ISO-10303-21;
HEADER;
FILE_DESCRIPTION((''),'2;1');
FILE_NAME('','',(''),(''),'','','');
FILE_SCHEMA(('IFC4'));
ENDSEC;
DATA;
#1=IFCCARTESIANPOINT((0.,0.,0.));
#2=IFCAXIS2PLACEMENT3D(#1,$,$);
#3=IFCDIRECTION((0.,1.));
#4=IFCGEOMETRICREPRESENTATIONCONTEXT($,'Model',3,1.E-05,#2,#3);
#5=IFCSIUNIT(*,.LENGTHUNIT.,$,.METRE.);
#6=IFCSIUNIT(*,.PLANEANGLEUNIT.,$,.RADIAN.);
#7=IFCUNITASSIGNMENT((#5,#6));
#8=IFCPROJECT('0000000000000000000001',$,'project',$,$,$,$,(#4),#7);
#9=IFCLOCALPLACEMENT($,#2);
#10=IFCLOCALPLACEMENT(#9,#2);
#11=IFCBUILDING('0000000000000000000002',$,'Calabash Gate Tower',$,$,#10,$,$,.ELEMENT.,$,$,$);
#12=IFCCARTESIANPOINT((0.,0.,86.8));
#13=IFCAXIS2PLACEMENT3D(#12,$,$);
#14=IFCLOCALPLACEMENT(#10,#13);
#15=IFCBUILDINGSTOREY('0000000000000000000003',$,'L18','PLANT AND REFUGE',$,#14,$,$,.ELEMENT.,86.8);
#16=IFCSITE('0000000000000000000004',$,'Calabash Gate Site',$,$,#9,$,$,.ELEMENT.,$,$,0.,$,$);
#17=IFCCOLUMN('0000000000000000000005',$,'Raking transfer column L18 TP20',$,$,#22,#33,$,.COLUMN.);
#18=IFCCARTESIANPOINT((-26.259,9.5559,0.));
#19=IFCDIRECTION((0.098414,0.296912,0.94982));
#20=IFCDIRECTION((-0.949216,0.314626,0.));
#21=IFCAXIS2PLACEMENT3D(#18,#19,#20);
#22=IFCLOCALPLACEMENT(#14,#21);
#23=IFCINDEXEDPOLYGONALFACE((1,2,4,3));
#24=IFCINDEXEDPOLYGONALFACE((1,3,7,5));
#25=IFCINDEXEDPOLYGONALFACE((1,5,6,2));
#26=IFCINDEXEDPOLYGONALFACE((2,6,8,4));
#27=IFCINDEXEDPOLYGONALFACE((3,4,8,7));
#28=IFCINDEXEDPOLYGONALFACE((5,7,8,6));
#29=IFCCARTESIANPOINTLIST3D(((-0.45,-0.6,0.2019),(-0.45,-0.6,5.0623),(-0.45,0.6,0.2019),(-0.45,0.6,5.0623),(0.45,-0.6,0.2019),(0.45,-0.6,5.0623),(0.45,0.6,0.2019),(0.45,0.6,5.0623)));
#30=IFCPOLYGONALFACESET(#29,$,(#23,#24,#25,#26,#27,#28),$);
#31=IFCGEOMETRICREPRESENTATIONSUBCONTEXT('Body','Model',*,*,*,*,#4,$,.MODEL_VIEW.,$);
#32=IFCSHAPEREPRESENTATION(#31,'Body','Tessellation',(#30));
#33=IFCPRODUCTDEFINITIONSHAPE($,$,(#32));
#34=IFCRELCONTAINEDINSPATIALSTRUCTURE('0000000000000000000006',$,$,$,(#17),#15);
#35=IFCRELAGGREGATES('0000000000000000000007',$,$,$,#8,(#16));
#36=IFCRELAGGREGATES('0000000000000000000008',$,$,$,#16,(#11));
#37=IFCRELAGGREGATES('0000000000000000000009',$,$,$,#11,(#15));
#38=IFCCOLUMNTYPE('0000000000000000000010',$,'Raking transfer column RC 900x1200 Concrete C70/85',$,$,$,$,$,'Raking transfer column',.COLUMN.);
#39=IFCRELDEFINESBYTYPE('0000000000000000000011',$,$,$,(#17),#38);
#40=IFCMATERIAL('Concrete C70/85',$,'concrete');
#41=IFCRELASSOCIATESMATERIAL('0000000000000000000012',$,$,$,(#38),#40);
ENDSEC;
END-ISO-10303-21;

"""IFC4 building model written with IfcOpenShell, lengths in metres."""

from ifc_helpers import new_model, si_unit, direction, frame, origin, origin_2d, place, context, subcontext, project, spatial, rectangle, extrude, clip, halfspace, material, material_profile, profile_set, type_object, element, save


model = new_model("IFC4")

# Units and contexts
model_context = context("Model", 3, precision=1e-05, world=origin(), true_north=direction((0.0, 1.0)))
body_context = subcontext(model_context, "Body", "Model", "MODEL_VIEW")
ifc_project = project(units=[si_unit("LENGTHUNIT", "METRE"), si_unit("PLANEANGLEUNIT", "RADIAN")], contexts=[model_context])

# Site, building, storey
site_placement = place(None, origin())
site = spatial("IfcSite", under=ifc_project, at=site_placement, Name="Calabash Gate Site", CompositionType="ELEMENT", RefElevation=0.0)
building_placement = place(site_placement, origin())
building = spatial("IfcBuilding", under=site, at=building_placement, Name="Calabash Gate Tower", CompositionType="ELEMENT")
storey_placement = place(building_placement, frame((0.0, 0.0, 86.8)))
storey = spatial("IfcBuildingStorey", under=building, at=storey_placement, Name="L18", Description="PLANT AND REFUGE", CompositionType="ELEMENT", Elevation=86.8)

# Column
ifc_material_1 = material(Name="Concrete C70/85", Category="concrete")
ifc_material_profile_1 = material_profile(ifc_material_1, rectangle(XDim=0.8999, YDim=1.2, at=origin_2d()))
ifc_profile_set_1 = profile_set([ifc_material_profile_1], Name="Concrete C70/85")
column_type_1 = type_object("IfcColumnType", Name="Raking transfer column RC 900x1200 Concrete C70/85", ElementType="Raking transfer column", PredefinedType="COLUMN", material=ifc_profile_set_1)
column_1_placement = place(storey_placement, frame((-26.259, 9.5559, 0.0), z_axis=(0.098414, 0.296912, 0.94982), x_axis=(-0.949216, 0.314626, 0.0)))
element("IfcColumn", 1, at=column_1_placement, inside=storey, type_object=column_type_1, Name="Raking transfer column L18 TP20", PredefinedType="COLUMN", context=body_context, shape_type="Clipping", body=[
    clip(clip(extrude(rectangle(XDim=0.8999, YDim=1.2, at=origin_2d()), origin(), (0.0, 0.0, 1.0), 5.2642), halfspace(frame((0.0, 0.0, 0.2019), z_axis=(0.0, 0.0, 1.0), x_axis=(1.0, 0.0, 0.0)), True)), halfspace(frame((0.0, 0.0, 5.0623), z_axis=(0.0, 0.0, 1.0), x_axis=(1.0, 0.0, 0.0)), False)),
])

save(model, "model.ifc")
